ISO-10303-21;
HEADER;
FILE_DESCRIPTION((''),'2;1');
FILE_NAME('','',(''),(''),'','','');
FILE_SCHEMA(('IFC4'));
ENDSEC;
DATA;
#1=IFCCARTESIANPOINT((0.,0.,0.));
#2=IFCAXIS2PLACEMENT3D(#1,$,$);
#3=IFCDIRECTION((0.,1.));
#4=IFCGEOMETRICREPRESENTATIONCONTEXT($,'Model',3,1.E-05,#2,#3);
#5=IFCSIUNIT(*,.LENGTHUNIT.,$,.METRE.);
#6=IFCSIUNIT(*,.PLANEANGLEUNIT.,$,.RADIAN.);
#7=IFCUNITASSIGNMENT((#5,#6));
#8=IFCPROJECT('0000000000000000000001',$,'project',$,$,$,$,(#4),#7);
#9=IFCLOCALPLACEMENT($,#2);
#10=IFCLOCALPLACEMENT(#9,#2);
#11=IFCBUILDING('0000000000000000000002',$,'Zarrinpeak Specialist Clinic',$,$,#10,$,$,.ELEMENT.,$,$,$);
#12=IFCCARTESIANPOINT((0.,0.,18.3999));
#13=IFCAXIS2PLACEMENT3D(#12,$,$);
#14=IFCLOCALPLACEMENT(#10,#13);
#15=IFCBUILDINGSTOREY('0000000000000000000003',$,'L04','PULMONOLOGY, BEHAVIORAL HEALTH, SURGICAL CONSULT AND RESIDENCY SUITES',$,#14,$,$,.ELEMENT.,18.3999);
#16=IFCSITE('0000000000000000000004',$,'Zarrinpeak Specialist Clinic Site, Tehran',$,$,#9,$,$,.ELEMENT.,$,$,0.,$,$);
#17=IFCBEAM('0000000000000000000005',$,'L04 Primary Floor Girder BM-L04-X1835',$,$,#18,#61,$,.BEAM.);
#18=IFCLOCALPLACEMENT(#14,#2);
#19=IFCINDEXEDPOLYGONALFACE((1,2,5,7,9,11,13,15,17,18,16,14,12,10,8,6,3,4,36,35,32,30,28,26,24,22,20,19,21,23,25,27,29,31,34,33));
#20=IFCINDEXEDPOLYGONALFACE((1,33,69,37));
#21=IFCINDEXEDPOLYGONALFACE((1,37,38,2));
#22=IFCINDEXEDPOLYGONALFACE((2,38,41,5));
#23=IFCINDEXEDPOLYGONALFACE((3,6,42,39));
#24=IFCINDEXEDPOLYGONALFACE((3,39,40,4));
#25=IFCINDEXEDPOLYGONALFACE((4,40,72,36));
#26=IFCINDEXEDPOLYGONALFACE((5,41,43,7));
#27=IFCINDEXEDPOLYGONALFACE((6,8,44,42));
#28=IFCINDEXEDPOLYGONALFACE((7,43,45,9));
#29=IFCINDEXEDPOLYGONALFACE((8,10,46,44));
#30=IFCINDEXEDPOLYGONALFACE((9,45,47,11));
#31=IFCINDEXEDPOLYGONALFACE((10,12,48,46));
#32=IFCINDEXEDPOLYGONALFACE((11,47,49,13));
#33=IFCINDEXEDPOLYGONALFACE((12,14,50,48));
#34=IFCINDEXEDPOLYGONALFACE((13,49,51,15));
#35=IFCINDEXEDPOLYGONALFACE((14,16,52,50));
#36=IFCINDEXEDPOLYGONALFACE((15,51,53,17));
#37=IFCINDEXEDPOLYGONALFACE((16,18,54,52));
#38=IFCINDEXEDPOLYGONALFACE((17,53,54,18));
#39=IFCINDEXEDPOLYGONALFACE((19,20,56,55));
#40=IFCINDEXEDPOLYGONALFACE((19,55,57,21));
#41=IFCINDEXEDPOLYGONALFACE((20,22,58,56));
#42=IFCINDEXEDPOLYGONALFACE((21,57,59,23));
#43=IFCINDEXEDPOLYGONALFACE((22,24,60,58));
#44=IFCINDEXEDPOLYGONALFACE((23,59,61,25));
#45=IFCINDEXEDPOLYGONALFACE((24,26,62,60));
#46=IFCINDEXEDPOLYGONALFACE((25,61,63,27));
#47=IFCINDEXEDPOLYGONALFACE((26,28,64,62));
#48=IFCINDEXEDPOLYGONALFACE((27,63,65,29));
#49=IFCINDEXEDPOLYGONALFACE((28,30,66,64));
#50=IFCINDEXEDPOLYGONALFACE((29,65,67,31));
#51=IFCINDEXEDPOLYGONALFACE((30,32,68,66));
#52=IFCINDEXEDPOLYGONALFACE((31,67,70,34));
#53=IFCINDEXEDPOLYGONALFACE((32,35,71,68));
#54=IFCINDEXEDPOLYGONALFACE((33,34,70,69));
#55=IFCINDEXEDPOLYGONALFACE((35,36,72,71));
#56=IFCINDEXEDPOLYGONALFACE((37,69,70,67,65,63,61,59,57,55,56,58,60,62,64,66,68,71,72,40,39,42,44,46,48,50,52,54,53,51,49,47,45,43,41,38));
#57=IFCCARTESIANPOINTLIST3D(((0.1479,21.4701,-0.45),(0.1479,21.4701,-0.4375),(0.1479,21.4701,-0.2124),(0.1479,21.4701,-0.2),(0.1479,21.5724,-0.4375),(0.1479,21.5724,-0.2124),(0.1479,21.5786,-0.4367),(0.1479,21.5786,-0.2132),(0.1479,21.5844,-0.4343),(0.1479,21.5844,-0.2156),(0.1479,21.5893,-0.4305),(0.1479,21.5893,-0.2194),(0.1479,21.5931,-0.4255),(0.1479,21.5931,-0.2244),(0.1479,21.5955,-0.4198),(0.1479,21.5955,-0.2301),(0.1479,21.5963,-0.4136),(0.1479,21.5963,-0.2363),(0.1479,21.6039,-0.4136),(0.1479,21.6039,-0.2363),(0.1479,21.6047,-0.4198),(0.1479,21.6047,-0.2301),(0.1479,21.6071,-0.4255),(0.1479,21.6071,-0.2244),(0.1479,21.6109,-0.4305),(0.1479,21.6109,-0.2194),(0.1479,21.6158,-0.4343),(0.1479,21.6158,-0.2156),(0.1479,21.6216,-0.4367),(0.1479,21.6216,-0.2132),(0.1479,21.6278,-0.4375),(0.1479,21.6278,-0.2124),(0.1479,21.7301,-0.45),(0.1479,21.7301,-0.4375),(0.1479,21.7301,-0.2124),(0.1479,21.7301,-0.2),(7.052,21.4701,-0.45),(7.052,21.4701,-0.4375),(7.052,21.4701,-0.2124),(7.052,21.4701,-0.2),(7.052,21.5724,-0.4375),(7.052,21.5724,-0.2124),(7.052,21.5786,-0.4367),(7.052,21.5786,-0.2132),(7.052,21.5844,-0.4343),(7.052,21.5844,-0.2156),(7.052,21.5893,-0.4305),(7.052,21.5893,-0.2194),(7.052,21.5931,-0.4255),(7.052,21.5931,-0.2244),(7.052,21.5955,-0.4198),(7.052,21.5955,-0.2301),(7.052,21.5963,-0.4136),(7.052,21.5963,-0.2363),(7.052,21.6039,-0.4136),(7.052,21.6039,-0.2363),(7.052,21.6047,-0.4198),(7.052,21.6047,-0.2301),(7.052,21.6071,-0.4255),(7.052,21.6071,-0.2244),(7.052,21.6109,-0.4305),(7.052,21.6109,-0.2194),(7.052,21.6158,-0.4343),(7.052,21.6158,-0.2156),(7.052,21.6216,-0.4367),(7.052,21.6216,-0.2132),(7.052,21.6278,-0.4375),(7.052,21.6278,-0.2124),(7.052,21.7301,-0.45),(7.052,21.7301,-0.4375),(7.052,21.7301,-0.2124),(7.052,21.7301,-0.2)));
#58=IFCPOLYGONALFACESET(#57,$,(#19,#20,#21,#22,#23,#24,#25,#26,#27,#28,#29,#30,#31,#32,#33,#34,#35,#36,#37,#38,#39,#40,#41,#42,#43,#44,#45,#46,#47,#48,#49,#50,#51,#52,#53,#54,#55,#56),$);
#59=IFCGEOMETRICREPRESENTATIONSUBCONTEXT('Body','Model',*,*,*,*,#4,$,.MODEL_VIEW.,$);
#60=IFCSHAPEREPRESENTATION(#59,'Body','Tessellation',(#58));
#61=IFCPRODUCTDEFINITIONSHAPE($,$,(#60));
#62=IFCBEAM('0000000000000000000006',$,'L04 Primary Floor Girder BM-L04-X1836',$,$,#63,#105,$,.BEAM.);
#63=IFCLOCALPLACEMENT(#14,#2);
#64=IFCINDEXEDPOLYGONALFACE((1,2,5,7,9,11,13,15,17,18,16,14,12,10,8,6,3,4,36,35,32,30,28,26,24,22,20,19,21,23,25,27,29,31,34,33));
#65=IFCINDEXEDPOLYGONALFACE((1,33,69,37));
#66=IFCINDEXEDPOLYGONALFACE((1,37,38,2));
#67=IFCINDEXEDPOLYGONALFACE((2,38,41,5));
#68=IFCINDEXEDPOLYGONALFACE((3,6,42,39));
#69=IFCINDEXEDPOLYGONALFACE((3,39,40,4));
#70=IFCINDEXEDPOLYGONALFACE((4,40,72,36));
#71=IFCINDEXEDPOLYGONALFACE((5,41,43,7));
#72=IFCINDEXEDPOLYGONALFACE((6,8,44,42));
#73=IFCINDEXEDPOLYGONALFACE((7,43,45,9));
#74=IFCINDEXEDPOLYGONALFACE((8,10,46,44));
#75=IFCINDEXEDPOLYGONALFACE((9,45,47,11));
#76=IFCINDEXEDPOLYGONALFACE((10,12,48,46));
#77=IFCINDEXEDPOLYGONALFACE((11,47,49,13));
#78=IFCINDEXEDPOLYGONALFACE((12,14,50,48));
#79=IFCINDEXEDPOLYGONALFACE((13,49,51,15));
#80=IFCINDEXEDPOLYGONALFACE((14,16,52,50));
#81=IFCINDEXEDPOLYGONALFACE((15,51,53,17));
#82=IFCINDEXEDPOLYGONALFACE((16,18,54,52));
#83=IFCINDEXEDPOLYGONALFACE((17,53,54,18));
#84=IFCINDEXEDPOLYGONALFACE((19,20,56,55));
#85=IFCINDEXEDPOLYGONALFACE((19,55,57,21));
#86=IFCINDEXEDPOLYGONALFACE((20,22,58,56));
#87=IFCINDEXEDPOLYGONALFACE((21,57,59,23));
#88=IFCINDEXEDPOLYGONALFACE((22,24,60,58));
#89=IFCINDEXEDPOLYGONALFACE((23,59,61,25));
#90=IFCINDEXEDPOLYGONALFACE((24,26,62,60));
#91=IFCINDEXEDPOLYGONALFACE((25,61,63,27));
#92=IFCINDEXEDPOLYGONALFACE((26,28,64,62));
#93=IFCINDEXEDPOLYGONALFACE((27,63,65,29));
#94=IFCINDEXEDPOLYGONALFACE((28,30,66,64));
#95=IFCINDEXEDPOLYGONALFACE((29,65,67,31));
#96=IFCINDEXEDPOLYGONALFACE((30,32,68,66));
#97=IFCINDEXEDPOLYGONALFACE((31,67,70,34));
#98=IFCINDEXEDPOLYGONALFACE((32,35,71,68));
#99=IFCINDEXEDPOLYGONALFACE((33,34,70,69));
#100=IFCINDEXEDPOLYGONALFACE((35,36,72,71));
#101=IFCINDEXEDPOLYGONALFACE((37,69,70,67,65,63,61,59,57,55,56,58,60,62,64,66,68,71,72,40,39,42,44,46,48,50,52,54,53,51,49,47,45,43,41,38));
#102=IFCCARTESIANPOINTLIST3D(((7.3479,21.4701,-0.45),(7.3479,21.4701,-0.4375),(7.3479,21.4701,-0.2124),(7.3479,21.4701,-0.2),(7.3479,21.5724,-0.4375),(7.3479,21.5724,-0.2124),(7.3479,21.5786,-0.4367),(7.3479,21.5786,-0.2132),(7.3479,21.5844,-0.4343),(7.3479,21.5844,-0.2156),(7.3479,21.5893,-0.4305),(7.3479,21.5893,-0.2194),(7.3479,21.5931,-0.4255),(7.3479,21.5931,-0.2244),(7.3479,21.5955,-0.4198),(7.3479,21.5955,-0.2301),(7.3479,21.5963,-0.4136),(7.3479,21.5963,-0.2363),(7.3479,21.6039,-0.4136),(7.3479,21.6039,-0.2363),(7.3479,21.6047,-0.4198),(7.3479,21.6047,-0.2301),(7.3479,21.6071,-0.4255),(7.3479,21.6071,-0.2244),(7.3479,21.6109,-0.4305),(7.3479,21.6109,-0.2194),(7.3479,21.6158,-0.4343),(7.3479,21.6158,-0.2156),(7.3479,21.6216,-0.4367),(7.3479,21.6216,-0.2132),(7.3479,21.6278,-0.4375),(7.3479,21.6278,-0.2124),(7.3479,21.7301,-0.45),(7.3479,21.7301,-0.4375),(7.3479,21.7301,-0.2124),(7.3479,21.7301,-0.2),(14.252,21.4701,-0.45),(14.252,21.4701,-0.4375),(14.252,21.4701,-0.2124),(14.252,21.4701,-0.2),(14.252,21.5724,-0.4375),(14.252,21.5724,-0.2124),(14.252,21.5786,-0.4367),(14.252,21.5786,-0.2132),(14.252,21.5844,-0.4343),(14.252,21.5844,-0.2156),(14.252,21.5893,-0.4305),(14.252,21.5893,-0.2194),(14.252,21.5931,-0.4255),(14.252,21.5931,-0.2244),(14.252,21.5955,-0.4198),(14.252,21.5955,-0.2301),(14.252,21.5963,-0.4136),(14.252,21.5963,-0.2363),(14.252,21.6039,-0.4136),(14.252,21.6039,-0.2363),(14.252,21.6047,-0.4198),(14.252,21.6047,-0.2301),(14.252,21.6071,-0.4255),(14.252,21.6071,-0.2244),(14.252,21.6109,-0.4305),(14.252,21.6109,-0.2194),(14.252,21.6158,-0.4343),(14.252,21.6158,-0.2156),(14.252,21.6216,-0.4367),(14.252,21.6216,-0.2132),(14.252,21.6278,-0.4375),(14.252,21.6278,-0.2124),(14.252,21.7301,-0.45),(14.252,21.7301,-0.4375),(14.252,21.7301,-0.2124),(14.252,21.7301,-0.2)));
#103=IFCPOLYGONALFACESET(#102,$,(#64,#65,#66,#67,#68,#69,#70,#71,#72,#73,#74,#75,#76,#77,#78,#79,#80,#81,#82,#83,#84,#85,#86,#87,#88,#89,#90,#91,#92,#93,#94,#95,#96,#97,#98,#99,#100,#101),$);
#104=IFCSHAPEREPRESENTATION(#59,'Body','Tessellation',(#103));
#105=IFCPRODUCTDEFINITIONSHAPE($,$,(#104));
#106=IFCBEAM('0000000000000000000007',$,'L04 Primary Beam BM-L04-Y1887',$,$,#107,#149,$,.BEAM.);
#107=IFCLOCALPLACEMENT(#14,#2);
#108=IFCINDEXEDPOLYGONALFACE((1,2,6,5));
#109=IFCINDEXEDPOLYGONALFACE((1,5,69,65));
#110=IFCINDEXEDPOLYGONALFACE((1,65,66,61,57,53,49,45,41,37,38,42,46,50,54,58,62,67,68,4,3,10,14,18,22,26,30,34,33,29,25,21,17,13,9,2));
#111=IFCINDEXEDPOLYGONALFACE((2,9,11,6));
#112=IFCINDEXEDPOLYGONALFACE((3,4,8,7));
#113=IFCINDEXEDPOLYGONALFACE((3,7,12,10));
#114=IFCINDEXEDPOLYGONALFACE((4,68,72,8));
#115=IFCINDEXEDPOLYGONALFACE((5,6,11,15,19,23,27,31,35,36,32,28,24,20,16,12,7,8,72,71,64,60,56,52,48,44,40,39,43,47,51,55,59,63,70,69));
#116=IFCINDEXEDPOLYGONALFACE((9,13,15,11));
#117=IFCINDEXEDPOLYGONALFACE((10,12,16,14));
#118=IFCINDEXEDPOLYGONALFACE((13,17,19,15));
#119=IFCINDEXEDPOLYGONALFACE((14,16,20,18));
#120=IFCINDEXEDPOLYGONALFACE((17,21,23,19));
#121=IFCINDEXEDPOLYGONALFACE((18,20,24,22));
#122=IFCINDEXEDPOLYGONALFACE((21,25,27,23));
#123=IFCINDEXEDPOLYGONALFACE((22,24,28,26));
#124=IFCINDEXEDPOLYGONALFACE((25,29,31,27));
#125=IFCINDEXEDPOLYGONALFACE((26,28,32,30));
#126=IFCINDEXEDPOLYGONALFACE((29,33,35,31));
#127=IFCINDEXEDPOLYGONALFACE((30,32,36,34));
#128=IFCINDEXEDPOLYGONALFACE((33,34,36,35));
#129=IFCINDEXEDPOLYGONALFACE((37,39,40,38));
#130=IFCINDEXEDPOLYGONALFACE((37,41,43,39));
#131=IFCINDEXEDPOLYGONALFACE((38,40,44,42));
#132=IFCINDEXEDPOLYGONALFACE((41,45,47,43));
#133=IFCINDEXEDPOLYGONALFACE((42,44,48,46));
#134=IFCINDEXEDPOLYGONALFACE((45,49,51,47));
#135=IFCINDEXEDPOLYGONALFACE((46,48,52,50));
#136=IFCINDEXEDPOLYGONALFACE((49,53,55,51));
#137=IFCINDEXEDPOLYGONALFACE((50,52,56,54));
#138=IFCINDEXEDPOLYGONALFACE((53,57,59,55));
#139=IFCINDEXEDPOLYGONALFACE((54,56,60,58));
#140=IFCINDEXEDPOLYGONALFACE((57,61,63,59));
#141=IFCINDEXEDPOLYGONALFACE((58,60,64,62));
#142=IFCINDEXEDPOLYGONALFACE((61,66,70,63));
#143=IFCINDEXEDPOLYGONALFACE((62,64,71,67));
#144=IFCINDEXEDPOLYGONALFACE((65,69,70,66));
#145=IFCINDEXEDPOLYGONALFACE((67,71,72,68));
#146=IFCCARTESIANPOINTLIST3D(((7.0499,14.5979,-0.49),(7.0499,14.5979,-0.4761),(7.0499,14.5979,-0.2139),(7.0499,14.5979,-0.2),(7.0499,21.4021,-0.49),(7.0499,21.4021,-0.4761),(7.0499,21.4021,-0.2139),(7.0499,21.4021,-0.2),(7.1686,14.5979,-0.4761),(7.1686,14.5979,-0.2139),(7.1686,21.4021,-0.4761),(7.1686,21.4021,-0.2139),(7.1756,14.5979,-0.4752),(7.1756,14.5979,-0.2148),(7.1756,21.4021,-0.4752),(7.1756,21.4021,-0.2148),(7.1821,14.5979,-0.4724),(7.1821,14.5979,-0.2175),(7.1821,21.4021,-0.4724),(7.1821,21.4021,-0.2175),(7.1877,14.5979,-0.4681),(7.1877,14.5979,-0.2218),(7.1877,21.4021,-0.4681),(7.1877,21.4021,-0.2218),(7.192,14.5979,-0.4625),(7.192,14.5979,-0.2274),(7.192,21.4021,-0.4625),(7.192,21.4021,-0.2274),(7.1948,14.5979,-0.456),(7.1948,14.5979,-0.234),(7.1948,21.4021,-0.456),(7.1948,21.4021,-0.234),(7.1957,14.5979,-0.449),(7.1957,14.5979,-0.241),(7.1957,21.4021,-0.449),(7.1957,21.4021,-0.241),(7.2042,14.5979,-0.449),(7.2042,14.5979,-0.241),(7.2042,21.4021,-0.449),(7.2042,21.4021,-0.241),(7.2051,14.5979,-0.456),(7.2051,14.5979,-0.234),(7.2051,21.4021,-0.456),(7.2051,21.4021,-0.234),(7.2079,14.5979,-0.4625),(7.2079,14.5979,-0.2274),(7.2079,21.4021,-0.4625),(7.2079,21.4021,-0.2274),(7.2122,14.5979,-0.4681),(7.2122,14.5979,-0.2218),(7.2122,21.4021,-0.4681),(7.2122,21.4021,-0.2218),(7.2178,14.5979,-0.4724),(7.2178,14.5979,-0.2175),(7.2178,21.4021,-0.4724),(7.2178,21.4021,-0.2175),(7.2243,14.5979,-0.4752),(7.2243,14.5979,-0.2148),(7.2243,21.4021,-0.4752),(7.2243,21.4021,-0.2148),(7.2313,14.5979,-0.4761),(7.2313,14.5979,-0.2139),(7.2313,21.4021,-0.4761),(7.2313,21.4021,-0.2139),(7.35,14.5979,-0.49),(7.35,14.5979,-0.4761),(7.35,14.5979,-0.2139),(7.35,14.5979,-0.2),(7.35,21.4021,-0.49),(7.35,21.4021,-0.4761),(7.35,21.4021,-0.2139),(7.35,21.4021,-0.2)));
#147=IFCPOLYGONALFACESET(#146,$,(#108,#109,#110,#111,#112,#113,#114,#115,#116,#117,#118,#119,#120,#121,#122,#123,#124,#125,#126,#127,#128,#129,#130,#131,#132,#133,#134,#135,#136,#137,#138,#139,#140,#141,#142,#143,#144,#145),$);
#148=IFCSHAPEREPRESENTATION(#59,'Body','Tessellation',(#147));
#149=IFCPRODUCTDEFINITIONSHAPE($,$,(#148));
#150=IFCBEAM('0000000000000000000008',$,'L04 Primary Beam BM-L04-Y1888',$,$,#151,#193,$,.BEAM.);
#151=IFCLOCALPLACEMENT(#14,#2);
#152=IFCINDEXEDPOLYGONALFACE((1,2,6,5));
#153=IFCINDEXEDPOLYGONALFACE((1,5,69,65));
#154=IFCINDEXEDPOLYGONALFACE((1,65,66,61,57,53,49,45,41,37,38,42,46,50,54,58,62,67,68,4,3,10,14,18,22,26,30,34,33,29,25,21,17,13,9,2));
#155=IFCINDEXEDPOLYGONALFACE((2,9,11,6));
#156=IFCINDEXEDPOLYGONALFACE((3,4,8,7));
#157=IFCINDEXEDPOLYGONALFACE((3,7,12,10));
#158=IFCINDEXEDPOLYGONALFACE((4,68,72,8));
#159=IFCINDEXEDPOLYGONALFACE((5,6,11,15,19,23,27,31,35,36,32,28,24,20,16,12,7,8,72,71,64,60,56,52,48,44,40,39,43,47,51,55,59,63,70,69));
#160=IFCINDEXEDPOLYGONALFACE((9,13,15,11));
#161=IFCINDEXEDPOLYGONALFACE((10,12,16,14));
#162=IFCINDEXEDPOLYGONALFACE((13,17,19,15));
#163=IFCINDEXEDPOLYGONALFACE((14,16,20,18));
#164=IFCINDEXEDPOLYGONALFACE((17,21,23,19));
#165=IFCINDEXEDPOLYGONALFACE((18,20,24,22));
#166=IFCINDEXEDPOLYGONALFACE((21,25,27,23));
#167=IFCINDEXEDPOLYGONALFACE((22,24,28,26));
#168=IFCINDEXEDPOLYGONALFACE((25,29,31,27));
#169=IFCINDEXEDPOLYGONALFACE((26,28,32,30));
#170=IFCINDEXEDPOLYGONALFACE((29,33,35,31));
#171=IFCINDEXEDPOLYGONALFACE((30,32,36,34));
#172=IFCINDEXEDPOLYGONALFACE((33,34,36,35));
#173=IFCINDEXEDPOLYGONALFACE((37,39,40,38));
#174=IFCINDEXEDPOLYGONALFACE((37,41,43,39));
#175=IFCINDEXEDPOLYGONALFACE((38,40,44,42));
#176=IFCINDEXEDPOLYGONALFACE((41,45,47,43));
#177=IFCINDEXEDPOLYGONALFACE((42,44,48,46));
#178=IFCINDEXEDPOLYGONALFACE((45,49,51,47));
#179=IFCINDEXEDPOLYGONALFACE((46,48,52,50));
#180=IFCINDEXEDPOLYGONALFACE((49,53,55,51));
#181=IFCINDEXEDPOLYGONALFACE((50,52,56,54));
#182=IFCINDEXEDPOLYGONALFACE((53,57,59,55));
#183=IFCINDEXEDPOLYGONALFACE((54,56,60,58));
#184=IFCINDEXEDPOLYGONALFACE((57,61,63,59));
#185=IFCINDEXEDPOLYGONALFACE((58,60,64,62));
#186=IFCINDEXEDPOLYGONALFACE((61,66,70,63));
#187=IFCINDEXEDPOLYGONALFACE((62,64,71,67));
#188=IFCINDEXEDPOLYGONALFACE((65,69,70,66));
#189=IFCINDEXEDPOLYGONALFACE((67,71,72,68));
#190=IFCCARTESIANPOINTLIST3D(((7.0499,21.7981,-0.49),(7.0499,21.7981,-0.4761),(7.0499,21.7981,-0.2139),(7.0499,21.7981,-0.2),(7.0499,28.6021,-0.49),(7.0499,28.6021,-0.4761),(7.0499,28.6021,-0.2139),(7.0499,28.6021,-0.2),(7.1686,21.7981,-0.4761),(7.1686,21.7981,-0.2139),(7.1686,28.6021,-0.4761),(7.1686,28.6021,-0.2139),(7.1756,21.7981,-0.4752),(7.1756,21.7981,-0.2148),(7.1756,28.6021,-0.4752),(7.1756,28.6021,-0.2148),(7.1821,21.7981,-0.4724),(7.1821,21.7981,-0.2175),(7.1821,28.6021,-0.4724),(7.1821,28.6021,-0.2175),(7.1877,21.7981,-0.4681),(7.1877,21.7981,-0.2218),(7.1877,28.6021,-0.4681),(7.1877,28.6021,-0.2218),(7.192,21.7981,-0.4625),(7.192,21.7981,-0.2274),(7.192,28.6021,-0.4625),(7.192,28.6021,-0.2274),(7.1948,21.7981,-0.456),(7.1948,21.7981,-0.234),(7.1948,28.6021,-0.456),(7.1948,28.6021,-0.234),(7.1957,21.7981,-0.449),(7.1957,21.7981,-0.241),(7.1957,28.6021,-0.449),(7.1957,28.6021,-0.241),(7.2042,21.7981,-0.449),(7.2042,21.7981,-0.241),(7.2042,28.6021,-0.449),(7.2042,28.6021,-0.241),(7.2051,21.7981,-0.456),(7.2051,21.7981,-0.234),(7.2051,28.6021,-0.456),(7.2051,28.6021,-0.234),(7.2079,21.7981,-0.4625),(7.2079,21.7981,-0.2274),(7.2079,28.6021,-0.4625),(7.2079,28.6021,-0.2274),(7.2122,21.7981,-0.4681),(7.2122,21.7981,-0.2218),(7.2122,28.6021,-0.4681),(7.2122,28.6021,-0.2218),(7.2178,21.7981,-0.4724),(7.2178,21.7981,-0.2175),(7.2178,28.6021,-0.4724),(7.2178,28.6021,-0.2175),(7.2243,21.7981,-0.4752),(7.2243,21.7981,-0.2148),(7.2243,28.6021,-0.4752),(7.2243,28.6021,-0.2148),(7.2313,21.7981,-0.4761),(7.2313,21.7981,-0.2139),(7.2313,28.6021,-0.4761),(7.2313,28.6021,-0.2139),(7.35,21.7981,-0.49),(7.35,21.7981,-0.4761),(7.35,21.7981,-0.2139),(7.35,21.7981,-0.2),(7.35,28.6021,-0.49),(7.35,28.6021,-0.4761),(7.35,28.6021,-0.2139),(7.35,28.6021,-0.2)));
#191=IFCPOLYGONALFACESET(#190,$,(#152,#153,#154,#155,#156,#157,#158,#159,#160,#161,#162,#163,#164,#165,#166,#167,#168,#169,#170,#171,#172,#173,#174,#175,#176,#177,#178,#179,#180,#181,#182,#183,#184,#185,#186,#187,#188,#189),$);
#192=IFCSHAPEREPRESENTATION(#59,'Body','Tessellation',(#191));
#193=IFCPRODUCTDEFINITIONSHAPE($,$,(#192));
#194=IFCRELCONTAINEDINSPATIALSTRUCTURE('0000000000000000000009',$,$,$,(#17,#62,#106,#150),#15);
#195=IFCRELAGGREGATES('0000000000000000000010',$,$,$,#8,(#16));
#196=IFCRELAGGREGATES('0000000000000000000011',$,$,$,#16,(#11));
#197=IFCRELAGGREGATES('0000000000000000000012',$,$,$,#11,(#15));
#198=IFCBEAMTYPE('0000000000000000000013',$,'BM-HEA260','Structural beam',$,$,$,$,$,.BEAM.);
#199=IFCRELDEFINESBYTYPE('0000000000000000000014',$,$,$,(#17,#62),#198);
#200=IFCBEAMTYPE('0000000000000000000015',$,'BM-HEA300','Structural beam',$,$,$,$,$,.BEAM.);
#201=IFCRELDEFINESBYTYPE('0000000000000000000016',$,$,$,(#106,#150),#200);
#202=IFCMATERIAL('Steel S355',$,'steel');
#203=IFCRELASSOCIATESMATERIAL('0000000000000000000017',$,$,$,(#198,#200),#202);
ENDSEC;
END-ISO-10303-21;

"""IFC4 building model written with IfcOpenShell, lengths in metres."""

from ifc_helpers import new_model, si_unit, direction, frame, origin, origin_2d, place, context, subcontext, project, spatial, i_section, extrude, material, material_profile, profile_set, type_object, element, save


model = new_model("IFC4")

# Units and contexts
model_context = context("Model", 3, precision=1e-05, world=origin(), true_north=direction((0.0, 1.0)))
body_context = subcontext(model_context, "Body", "Model", "MODEL_VIEW")
ifc_project = project(units=[si_unit("LENGTHUNIT", "METRE"), si_unit("PLANEANGLEUNIT", "RADIAN")], contexts=[model_context])

# Site, building, storey
site_placement = place(None, origin())
site = spatial("IfcSite", under=ifc_project, at=site_placement, Name="Zarrinpeak Specialist Clinic Site, Tehran", CompositionType="ELEMENT", RefElevation=0.0)
building_placement = place(site_placement, origin())
building = spatial("IfcBuilding", under=site, at=building_placement, Name="Zarrinpeak Specialist Clinic", CompositionType="ELEMENT")
storey_placement = place(building_placement, frame((0.0, 0.0, 18.3999)))
storey = spatial("IfcBuildingStorey", under=building, at=storey_placement, Name="L04", Description="PULMONOLOGY, BEHAVIORAL HEALTH, SURGICAL CONSULT AND RESIDENCY SUITES", CompositionType="ELEMENT", Elevation=18.3999)

# Shared definitions
ifc_material_1 = material(Name="Steel S355", Category="steel")

# Beams
ifc_material_profile_1 = material_profile(ifc_material_1, i_section(OverallWidth=0.26, OverallDepth=0.25, WebThickness=0.0076, FlangeThickness=0.0125, FilletRadius=0.0239, at=origin_2d()), Name="HEA 260")
ifc_profile_set_1 = profile_set([ifc_material_profile_1], Name="Steel S355")
beam_type_1 = type_object("IfcBeamType", Name="BM-HEA260", Description="Structural beam", PredefinedType="BEAM", material=ifc_profile_set_1)
for number, where, z_axis, x_axis, name in (
    (1, (0.1479, 21.6001, -0.325), (1.0, 0.0, 0.0), (0.0, 1.0, 0.0), "L04 Primary Floor Girder BM-L04-X1835"),
    (2, (7.3479, 21.6001, -0.325), (1.0, 0.0, 0.0), (0.0, 1.0, 0.0), "L04 Primary Floor Girder BM-L04-X1836"),
):
    element("IfcBeam", number, at=place(storey_placement, frame(where, z_axis=z_axis, x_axis=x_axis)), inside=storey, type_object=beam_type_1, Name=name, PredefinedType="BEAM", context=body_context, shape_type="SweptSolid", body=[
        extrude(i_section(OverallWidth=0.26, OverallDepth=0.25, WebThickness=0.0076, FlangeThickness=0.0125, FilletRadius=0.0239, at=origin_2d()), origin(), (0.0, 0.0, 1.0), 6.9041),
    ])
ifc_material_profile_2 = material_profile(ifc_material_1, i_section(OverallWidth=0.3, OverallDepth=0.29, WebThickness=0.0085, FlangeThickness=0.0139, FilletRadius=0.0271, at=origin_2d()), Name="HEA 300")
ifc_profile_set_2 = profile_set([ifc_material_profile_2], Name="Steel S355")
beam_type_2 = type_object("IfcBeamType", Name="BM-HEA300", Description="Structural beam", PredefinedType="BEAM", material=ifc_profile_set_2)
beam_1_placement = place(storey_placement, frame((7.2, 14.5979, -0.345), z_axis=(0.0, 1.0, 0.0), x_axis=(-1.0, 0.0, 0.0)))
element("IfcBeam", 3, at=beam_1_placement, inside=storey, type_object=beam_type_2, Name="L04 Primary Beam BM-L04-Y1887", PredefinedType="BEAM", context=body_context, shape_type="SweptSolid", body=[
    extrude(i_section(OverallWidth=0.3, OverallDepth=0.29, WebThickness=0.0085, FlangeThickness=0.0139, FilletRadius=0.0271, at=origin_2d()), origin(), (0.0, 0.0, 1.0), 6.8042),
])
beam_2_placement = place(storey_placement, frame((7.2, 21.7981, -0.345), z_axis=(0.0, 1.0, 0.0), x_axis=(-1.0, 0.0, 0.0)))
element("IfcBeam", 4, at=beam_2_placement, inside=storey, type_object=beam_type_2, Name="L04 Primary Beam BM-L04-Y1888", PredefinedType="BEAM", context=body_context, shape_type="SweptSolid", body=[
    extrude(i_section(OverallWidth=0.3, OverallDepth=0.29, WebThickness=0.0085, FlangeThickness=0.0139, FilletRadius=0.0271, at=origin_2d()), origin(), (0.0, 0.0, 1.0), 6.804),
])

save(model, "model.ifc")
